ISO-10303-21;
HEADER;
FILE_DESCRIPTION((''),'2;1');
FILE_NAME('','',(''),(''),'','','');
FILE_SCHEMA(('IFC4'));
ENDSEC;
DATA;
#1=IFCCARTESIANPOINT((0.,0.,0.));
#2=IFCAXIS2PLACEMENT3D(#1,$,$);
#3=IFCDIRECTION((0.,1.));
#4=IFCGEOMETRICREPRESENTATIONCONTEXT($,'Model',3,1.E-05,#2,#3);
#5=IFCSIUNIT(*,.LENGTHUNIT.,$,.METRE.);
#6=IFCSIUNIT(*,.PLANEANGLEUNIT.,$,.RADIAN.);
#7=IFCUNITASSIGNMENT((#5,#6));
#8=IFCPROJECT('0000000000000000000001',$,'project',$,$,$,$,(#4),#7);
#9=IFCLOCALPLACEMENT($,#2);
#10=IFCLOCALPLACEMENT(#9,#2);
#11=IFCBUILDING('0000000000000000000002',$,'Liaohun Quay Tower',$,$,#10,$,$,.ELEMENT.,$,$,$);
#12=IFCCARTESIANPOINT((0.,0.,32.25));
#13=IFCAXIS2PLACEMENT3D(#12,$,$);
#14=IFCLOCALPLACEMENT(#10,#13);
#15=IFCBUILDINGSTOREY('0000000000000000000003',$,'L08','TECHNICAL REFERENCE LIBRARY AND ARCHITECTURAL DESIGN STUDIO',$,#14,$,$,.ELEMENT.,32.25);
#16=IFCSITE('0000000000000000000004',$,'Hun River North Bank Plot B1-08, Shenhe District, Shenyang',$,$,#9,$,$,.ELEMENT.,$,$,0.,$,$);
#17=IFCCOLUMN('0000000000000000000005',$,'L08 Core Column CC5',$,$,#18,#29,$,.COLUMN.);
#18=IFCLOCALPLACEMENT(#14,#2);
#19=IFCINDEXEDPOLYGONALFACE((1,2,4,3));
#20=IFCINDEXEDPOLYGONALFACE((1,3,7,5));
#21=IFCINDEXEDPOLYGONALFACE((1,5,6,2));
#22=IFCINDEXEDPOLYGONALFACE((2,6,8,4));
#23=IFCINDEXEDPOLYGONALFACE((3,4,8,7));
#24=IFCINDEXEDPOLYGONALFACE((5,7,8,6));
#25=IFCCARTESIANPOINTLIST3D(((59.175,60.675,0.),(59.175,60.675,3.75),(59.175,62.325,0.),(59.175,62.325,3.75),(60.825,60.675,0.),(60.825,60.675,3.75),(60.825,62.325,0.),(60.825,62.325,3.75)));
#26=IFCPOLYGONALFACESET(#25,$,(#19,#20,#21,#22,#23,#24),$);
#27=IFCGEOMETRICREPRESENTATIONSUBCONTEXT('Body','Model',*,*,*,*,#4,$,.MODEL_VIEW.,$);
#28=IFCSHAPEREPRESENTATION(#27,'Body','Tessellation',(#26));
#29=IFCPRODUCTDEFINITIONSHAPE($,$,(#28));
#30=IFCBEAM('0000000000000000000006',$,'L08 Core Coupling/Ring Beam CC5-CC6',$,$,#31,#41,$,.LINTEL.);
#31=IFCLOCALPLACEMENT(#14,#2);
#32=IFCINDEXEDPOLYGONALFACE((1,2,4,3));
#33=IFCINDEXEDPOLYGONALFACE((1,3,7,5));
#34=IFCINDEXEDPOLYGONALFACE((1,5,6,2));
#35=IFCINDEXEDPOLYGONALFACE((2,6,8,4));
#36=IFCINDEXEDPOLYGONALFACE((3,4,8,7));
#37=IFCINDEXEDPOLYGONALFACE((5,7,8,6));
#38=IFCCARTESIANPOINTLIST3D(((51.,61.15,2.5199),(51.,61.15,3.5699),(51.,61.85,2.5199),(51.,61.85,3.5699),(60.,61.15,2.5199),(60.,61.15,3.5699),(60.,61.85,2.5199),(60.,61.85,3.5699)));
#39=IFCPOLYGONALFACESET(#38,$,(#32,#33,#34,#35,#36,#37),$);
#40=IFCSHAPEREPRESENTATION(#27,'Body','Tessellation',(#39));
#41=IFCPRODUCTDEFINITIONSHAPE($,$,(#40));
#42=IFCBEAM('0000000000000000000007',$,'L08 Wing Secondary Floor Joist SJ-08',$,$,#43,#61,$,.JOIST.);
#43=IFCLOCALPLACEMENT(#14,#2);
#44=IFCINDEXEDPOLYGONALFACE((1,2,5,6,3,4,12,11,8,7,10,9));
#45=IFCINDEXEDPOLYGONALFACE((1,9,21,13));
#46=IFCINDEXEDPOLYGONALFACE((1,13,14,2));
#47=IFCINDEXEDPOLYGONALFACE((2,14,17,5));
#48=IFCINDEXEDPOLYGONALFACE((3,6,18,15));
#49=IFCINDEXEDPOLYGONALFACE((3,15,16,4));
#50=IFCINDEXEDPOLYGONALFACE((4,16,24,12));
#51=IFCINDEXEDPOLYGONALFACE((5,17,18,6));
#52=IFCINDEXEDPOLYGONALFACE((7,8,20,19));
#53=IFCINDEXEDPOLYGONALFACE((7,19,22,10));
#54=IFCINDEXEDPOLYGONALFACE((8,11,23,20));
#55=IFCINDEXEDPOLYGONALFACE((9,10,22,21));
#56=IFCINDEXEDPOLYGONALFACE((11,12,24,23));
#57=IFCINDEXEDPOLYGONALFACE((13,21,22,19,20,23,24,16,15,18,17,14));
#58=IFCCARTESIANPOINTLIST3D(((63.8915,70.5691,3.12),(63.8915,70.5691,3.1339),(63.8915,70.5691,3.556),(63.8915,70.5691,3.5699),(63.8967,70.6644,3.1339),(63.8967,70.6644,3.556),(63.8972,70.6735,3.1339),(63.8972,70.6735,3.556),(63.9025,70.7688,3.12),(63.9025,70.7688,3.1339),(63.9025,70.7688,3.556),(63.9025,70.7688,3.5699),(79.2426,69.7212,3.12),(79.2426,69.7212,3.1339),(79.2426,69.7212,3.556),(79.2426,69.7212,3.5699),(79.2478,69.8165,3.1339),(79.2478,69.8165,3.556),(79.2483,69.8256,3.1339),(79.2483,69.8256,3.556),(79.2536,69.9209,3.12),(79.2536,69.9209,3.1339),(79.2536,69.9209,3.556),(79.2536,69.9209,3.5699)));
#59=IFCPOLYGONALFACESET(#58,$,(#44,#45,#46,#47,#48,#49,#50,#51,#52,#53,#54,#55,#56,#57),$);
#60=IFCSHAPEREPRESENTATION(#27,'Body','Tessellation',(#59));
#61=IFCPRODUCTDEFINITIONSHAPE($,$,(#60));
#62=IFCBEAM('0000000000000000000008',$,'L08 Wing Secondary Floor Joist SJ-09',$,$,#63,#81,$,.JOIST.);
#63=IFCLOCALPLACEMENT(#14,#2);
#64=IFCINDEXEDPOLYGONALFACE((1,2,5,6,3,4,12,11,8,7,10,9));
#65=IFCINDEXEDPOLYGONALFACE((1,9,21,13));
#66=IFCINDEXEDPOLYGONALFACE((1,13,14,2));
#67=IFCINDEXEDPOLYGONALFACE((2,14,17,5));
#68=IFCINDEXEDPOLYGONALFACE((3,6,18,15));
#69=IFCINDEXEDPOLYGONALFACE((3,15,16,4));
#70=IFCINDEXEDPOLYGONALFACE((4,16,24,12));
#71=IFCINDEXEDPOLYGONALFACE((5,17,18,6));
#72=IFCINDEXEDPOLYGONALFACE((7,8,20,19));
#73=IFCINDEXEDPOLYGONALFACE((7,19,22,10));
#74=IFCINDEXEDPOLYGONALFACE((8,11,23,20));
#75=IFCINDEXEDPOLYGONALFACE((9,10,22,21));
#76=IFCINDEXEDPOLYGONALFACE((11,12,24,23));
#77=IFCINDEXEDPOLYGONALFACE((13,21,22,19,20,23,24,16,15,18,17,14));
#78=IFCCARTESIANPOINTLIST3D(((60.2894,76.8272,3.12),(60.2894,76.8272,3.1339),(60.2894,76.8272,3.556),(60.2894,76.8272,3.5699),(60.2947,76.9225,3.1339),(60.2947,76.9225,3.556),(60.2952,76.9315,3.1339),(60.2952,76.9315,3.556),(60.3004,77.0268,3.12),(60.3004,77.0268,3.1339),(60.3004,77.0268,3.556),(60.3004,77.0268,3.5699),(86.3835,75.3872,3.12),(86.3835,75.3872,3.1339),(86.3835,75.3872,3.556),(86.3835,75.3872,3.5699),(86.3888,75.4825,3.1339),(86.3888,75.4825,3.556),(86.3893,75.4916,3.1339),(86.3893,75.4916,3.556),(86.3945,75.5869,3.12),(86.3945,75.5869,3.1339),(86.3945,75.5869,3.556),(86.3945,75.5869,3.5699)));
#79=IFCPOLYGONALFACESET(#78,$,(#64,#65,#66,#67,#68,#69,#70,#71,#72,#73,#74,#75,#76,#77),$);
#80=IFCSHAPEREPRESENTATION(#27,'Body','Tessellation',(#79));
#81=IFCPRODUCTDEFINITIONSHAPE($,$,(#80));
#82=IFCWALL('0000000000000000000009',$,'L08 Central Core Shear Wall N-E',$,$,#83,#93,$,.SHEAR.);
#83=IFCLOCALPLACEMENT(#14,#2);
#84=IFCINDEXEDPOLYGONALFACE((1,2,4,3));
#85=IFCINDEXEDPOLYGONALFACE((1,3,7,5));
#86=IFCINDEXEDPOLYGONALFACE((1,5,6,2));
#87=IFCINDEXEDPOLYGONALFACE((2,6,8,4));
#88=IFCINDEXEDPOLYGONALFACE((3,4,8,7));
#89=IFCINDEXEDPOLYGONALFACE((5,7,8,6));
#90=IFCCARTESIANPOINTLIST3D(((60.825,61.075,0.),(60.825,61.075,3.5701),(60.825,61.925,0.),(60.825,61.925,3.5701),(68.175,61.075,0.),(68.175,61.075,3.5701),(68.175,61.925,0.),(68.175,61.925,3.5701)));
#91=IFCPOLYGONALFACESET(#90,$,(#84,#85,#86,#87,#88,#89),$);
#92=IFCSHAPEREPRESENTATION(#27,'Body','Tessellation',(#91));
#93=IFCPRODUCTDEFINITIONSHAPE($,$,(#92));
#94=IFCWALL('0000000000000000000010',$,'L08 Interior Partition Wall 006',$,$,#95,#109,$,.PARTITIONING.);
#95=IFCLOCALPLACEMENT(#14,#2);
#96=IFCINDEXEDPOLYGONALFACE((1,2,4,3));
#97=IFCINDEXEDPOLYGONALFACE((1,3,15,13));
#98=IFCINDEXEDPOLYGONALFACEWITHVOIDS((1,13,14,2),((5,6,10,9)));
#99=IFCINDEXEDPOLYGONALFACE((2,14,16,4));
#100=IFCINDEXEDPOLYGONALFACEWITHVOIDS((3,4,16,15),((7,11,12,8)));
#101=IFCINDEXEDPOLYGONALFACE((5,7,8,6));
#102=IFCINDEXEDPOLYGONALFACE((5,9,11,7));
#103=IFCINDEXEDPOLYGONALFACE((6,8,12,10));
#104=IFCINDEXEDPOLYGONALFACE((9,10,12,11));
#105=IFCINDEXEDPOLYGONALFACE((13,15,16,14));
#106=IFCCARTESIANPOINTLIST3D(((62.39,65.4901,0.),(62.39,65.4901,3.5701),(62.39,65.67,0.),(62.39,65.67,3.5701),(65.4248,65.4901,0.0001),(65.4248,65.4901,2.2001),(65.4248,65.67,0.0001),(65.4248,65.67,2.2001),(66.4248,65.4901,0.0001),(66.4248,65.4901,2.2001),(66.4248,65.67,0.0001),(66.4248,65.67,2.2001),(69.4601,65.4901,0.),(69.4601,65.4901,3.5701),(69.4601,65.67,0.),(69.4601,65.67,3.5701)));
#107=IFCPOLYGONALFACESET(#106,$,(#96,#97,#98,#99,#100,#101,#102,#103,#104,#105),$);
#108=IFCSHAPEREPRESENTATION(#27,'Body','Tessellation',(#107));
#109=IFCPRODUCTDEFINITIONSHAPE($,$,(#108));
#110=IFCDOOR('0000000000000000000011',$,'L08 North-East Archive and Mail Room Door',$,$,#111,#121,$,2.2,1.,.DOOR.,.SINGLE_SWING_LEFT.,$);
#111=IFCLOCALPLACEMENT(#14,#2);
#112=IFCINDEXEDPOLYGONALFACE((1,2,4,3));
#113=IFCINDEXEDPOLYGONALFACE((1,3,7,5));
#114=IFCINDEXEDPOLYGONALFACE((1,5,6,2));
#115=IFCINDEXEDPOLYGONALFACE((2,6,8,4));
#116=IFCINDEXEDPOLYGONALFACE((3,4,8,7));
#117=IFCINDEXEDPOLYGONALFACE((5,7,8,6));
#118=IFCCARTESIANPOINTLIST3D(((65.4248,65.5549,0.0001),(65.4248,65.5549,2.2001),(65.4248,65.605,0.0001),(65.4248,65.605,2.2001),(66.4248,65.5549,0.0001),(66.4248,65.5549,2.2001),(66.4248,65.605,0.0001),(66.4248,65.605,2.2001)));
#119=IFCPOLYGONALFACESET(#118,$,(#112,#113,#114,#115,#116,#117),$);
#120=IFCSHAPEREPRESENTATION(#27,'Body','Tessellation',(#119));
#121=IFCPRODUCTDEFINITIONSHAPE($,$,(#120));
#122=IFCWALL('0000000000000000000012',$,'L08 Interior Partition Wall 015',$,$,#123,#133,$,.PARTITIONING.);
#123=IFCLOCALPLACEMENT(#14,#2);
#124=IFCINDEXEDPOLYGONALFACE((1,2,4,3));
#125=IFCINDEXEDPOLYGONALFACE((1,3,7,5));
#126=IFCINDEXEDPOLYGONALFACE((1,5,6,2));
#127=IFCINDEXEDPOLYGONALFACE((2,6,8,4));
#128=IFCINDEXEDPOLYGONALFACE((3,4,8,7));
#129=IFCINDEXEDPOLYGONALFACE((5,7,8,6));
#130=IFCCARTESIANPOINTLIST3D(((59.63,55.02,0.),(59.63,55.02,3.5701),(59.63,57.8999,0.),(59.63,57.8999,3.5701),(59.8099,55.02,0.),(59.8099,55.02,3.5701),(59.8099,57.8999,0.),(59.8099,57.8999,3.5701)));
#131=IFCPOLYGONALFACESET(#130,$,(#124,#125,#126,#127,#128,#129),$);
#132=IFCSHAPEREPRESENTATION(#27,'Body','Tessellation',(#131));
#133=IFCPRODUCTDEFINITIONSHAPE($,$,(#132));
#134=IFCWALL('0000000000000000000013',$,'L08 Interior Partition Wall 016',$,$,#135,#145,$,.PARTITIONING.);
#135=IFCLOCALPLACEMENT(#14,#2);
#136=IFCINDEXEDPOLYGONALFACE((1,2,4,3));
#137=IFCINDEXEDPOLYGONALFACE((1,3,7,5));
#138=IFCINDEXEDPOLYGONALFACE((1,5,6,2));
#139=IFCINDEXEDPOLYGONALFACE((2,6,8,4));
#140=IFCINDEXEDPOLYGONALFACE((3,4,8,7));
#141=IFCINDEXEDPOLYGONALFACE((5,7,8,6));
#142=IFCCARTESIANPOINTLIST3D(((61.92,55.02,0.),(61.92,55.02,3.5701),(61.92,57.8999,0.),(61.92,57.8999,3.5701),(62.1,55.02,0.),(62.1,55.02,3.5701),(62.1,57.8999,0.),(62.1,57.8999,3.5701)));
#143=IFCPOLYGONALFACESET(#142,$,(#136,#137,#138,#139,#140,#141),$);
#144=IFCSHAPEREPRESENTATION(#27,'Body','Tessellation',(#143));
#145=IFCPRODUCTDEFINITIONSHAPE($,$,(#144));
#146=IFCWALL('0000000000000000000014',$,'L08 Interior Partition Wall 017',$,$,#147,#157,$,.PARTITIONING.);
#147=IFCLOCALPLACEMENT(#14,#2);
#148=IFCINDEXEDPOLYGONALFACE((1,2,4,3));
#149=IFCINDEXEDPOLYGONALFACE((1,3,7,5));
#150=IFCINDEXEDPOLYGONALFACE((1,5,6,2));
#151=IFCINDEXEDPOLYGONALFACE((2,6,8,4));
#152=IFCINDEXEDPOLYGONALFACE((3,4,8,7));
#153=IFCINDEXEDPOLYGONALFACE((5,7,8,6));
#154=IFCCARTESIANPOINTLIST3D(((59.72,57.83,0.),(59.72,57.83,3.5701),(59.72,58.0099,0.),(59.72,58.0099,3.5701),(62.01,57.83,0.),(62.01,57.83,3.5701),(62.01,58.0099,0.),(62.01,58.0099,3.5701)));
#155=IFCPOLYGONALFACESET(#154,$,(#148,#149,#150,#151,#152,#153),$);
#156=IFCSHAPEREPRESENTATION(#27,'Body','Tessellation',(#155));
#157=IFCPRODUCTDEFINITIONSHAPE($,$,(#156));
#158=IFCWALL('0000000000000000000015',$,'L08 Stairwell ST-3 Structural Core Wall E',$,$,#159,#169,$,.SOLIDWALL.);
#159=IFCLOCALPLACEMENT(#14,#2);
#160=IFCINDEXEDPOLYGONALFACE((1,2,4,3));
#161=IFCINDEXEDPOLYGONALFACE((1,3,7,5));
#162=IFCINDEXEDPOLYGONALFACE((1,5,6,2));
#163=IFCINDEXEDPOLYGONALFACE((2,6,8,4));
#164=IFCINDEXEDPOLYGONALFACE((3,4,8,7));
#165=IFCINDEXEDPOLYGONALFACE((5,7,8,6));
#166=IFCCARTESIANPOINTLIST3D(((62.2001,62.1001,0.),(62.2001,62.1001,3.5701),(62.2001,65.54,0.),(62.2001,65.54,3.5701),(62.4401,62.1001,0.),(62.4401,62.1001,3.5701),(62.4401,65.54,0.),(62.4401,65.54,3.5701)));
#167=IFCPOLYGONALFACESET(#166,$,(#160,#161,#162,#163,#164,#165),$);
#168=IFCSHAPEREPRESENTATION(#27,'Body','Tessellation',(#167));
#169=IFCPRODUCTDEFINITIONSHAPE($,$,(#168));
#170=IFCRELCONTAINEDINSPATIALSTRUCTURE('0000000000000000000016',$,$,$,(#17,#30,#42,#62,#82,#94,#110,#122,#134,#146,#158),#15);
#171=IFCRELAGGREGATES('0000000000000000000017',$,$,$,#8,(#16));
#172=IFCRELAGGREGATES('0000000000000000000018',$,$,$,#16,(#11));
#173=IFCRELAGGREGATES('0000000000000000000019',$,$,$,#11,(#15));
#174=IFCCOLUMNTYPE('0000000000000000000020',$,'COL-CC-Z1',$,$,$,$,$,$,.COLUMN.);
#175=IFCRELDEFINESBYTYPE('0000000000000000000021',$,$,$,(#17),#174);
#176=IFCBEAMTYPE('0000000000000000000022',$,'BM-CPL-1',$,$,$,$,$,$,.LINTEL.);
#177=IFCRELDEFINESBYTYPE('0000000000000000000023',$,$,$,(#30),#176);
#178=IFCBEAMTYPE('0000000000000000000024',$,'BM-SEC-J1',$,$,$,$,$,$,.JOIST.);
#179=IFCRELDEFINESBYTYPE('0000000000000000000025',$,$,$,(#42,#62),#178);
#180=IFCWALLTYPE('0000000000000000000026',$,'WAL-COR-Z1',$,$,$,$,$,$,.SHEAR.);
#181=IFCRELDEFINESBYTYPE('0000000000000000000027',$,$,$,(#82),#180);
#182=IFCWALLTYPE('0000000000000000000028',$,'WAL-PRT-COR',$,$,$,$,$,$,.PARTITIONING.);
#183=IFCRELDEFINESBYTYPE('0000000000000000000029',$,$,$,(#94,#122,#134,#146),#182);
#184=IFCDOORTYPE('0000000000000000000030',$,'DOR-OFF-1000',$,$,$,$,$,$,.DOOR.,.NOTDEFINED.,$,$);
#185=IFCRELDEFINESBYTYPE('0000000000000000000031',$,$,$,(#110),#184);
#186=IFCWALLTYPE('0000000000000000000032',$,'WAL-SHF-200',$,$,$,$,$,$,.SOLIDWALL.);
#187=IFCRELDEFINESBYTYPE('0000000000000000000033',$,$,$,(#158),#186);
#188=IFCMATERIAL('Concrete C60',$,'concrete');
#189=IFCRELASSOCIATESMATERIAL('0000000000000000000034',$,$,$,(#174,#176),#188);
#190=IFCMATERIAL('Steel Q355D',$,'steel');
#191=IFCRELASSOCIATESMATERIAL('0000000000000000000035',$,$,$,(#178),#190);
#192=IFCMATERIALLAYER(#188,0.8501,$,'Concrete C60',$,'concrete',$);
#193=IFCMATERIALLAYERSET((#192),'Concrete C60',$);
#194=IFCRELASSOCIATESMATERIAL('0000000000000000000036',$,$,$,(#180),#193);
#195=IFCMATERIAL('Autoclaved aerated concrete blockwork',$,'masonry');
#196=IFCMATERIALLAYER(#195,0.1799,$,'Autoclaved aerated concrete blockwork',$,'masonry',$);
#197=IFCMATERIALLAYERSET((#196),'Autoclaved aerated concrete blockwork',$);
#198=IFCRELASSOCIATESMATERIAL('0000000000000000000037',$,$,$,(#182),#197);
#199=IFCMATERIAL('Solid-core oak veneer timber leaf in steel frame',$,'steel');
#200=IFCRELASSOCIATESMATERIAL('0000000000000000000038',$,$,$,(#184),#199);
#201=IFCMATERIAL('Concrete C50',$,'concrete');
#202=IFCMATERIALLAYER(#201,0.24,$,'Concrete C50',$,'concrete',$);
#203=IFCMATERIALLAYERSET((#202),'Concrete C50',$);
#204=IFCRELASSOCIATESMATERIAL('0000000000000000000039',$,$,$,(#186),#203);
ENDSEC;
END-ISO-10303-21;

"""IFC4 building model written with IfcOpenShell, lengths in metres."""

from ifc_helpers import new_model, si_unit, direction, frame, frame_2d, origin, origin_2d, place, context, subcontext, project, spatial, rectangle, i_section, extrude, source, transform, mapped, material, layer, layer_set, material_profile, profile_set, type_object, element, fill, save


model = new_model("IFC4")

# Units and contexts
model_context = context("Model", 3, precision=1e-05, world=origin(), true_north=direction((0.0, 1.0)))
body_context = subcontext(model_context, "Body", "Model", "MODEL_VIEW")
ifc_project = project(units=[si_unit("LENGTHUNIT", "METRE"), si_unit("PLANEANGLEUNIT", "RADIAN")], contexts=[model_context])

# Site, building, storey
site_placement = place(None, origin())
site = spatial("IfcSite", under=ifc_project, at=site_placement, Name="Hun River North Bank Plot B1-08, Shenhe District, Shenyang", CompositionType="ELEMENT", RefElevation=0.0)
building_placement = place(site_placement, origin())
building = spatial("IfcBuilding", under=site, at=building_placement, Name="Liaohun Quay Tower", CompositionType="ELEMENT")
storey_placement = place(building_placement, frame((0.0, 0.0, 32.25)))
storey = spatial("IfcBuildingStorey", under=building, at=storey_placement, Name="L08", Description="TECHNICAL REFERENCE LIBRARY AND ARCHITECTURAL DESIGN STUDIO", CompositionType="ELEMENT", Elevation=32.25)

# Column
ifc_material_1 = material(Name="Concrete C60", Category="concrete")
ifc_material_profile_1 = material_profile(ifc_material_1, rectangle(XDim=1.6499, YDim=1.6499, at=origin_2d()), Name="RC1650x1650")
ifc_profile_set_1 = profile_set([ifc_material_profile_1], Name="Concrete C60")
column_type = type_object("IfcColumnType", Name="COL-CC-Z1", PredefinedType="COLUMN", material=ifc_profile_set_1)
shared_shape_1 = source(origin(), body_context, "Body", "SweptSolid", [
    extrude(rectangle(XDim=1.6499, YDim=1.6499, at=origin_2d()), origin(), (0.0, 0.0, 1.0), 3.75),
])
column_placement = place(storey_placement, frame((60.0, 61.5, 0.0), z_axis=(0.0, 0.0, 1.0), x_axis=(1.0, 0.0, 0.0)))
element("IfcColumn", 1, at=column_placement, inside=storey, type_object=column_type, Name="L08 Core Column CC5", PredefinedType="COLUMN", context=body_context, shape_type="MappedRepresentation", body=[
    mapped(shared_shape_1, transform((0.0, 0.0, 0.0), x_axis=(1.0, 0.0, 0.0), y_axis=(0.0, 1.0, 0.0), z_axis=(0.0, 0.0, 1.0), scale=1.0)),
])

# Beams
ifc_material_profile_2 = material_profile(ifc_material_1, rectangle(XDim=0.7, YDim=1.05, at=origin_2d()), Name="RC700x1050")
ifc_profile_set_2 = profile_set([ifc_material_profile_2], Name="Concrete C60")
beam_type_1 = type_object("IfcBeamType", Name="BM-CPL-1", PredefinedType="LINTEL", material=ifc_profile_set_2)
shared_shape_2 = source(origin(), body_context, "Body", "SweptSolid", [
    extrude(rectangle(XDim=0.7, YDim=1.05, at=origin_2d()), origin(), (0.0, 0.0, 1.0), 9.0),
])
beam_1_placement = place(storey_placement, frame((60.0, 61.5, 3.0449), z_axis=(-1.0, 0.0, 0.0), x_axis=(0.0, -1.0, 0.0)))
element("IfcBeam", 2, at=beam_1_placement, inside=storey, type_object=beam_type_1, Name="L08 Core Coupling/Ring Beam CC5-CC6", PredefinedType="LINTEL", context=body_context, shape_type="MappedRepresentation", body=[
    mapped(shared_shape_2, transform((0.0, 0.0, 0.0), x_axis=(1.0, 0.0, 0.0), y_axis=(0.0, 1.0, 0.0), z_axis=(0.0, 0.0, 1.0), scale=1.0)),
])
ifc_material_2 = material(Name="Steel Q355D", Category="steel")
ifc_material_profile_3 = material_profile(ifc_material_2, i_section(OverallWidth=0.2, OverallDepth=0.45, WebThickness=0.009, FlangeThickness=0.0139, at=origin_2d()), Name="HN450x200x9x14")
ifc_profile_set_3 = profile_set([ifc_material_profile_3], Name="Steel Q355D")
beam_type_2 = type_object("IfcBeamType", Name="BM-SEC-J1", PredefinedType="JOIST", material=ifc_profile_set_3)
shared_shape_3 = source(origin(), body_context, "Body", "SweptSolid", [
    extrude(i_section(OverallWidth=0.2, OverallDepth=0.45, WebThickness=0.009, FlangeThickness=0.0139, at=origin_2d()), origin(), (0.0, 0.0, 1.0), 15.3745),
])
beam_2_placement = place(storey_placement, frame((63.897, 70.6689, 3.345), z_axis=(0.998478, -0.05515, 0.0), x_axis=(0.05515, 0.998478, 0.0)))
element("IfcBeam", 3, at=beam_2_placement, inside=storey, type_object=beam_type_2, Name="L08 Wing Secondary Floor Joist SJ-08", PredefinedType="JOIST", context=body_context, shape_type="MappedRepresentation", body=[
    mapped(shared_shape_3, transform((0.0, 0.0, 0.0), x_axis=(1.0, 0.0, 0.0), y_axis=(0.0, 1.0, 0.0), z_axis=(0.0, 0.0, 1.0), scale=1.0)),
])
shared_shape_4 = source(origin(), body_context, "Body", "SweptSolid", [
    extrude(i_section(OverallWidth=0.2, OverallDepth=0.45, WebThickness=0.009, FlangeThickness=0.0139, at=origin_2d()), origin(), (0.0, 0.0, 1.0), 26.1338),
])
beam_3_placement = place(storey_placement, frame((60.2949, 76.927, 3.345), z_axis=(0.998481, -0.055099, 0.0), x_axis=(0.055099, 0.998481, 0.0)))
element("IfcBeam", 4, at=beam_3_placement, inside=storey, type_object=beam_type_2, Name="L08 Wing Secondary Floor Joist SJ-09", PredefinedType="JOIST", context=body_context, shape_type="MappedRepresentation", body=[
    mapped(shared_shape_4, transform((0.0, 0.0, 0.0), x_axis=(1.0, 0.0, 0.0), y_axis=(0.0, 1.0, 0.0), z_axis=(0.0, 0.0, 1.0), scale=1.0)),
])

# Wall
ifc_layer_1 = layer(ifc_material_1, 0.8501, Name="Concrete C60", Category="concrete")
ifc_layer_set_1 = layer_set([ifc_layer_1], Name="Concrete C60")
wall_type_1 = type_object("IfcWallType", Name="WAL-COR-Z1", PredefinedType="SHEAR", material=ifc_layer_set_1)
wall_1_placement = place(storey_placement, frame((60.825, 61.5, 0.0), z_axis=(0.0, 0.0, 1.0), x_axis=(1.0, 0.0, 0.0)))
element("IfcWall", 5, at=wall_1_placement, inside=storey, type_object=wall_type_1, Name="L08 Central Core Shear Wall N-E", PredefinedType="SHEAR", context=body_context, shape_type="SweptSolid", body=[
    extrude(rectangle(XDim=7.3501, YDim=0.8501, at=frame_2d((3.675, 0.0))), origin(), (0.0, 0.0, 1.0), 3.5701),
])

# Wall, opening, door
ifc_material_3 = material(Name="Autoclaved aerated concrete blockwork", Category="masonry")
ifc_layer_2 = layer(ifc_material_3, 0.1799, Name="Autoclaved aerated concrete blockwork", Category="masonry")
ifc_layer_set_2 = layer_set([ifc_layer_2], Name="Autoclaved aerated concrete blockwork")
wall_type_2 = type_object("IfcWallType", Name="WAL-PRT-COR", PredefinedType="PARTITIONING", material=ifc_layer_set_2)
wall_2_placement = place(storey_placement, frame((62.3899, 65.5801, 0.0), z_axis=(0.0, 0.0, 1.0), x_axis=(1.0, 0.0, 0.0)))
wall_2 = element("IfcWall", 6, at=wall_2_placement, inside=storey, type_object=wall_type_2, Name="L08 Interior Partition Wall 006", PredefinedType="PARTITIONING", context=body_context, shape_type="SweptSolid", body=[
    extrude(rectangle(XDim=7.0701, YDim=0.1799, at=frame_2d((3.5352, 0.0))), origin(), (0.0, 0.0, 1.0), 3.5701),
])
shared_shape_5 = source(origin(), body_context, "Body", "SweptSolid", [
    extrude(rectangle(XDim=1.0, YDim=2.2, at=frame_2d((0.5, 1.1001))), frame((0.0, 0.0999, 0.0), z_axis=(0.0, -1.0, 0.0), x_axis=(1.0, 0.0, 0.0)), (0.0, 0.0, 1.0), 0.2),
])
opening_1_placement = place(wall_2_placement, frame((3.0349, 0.0, 0.0)))
opening_1 = element("IfcOpeningElement", 7, at=opening_1_placement, cuts=wall_2, PredefinedType="OPENING", context=body_context, shape_type="MappedRepresentation", body=[
    mapped(shared_shape_5, transform((0.0, 0.0, 0.0), x_axis=(1.0, 0.0, 0.0), y_axis=(0.0, 1.0, 0.0), z_axis=(0.0, 0.0, 1.0), scale=1.0)),
])
ifc_material_4 = material(Name="Solid-core oak veneer timber leaf in steel frame", Category="steel")
door_type_1 = type_object("IfcDoorType", Name="DOR-OFF-1000", OperationType="NOTDEFINED", PredefinedType="DOOR", material=ifc_material_4)
shared_shape_6 = source(origin(), body_context, "Body", "SweptSolid", [
    extrude(rectangle(XDim=1.0, YDim=2.2, at=frame_2d((0.5, 1.1001))), frame((0.0, 0.0249, 0.0), z_axis=(0.0, -1.0, 0.0), x_axis=(1.0, 0.0, 0.0)), (0.0, 0.0, 1.0), 0.05),
])
door_1_placement = place(opening_1_placement, origin())
door_1 = element("IfcDoor", 8, at=door_1_placement, inside=storey, type_object=door_type_1, Name="L08 North-East Archive and Mail Room Door", OperationType="SINGLE_SWING_LEFT", OverallHeight=2.2, OverallWidth=1.0, PredefinedType="DOOR", context=body_context, shape_type="MappedRepresentation", body=[
    mapped(shared_shape_6, transform((0.0, 0.0, 0.0), x_axis=(1.0, 0.0, 0.0), y_axis=(0.0, 1.0, 0.0), z_axis=(0.0, 0.0, 1.0), scale=1.0)),
])
fill(opening_1, door_1)

# Walls
for number, where, z_axis, x_axis, name in (
    (9, (59.72, 55.02, 0.0), (0.0, 0.0, 1.0), (0.0, 1.0, 0.0), "L08 Interior Partition Wall 015"),
    (10, (62.01, 55.02, 0.0), (0.0, 0.0, 1.0), (0.0, 1.0, 0.0), "L08 Interior Partition Wall 016"),
):
    element("IfcWall", number, at=place(storey_placement, frame(where, z_axis=z_axis, x_axis=x_axis)), inside=storey, type_object=wall_type_2, Name=name, PredefinedType="PARTITIONING", context=body_context, shape_type="SweptSolid", body=[
        extrude(rectangle(XDim=2.8799, YDim=0.1799, at=frame_2d((1.4399, 0.0))), origin(), (0.0, 0.0, 1.0), 3.5701),
    ])
wall_3_placement = place(storey_placement, frame((59.72, 57.9199, 0.0), z_axis=(0.0, 0.0, 1.0), x_axis=(1.0, 0.0, 0.0)))
element("IfcWall", 11, at=wall_3_placement, inside=storey, type_object=wall_type_2, Name="L08 Interior Partition Wall 017", PredefinedType="PARTITIONING", context=body_context, shape_type="SweptSolid", body=[
    extrude(rectangle(XDim=2.29, YDim=0.1799, at=frame_2d((1.145, 0.0))), origin(), (0.0, 0.0, 1.0), 3.5701),
])
ifc_material_5 = material(Name="Concrete C50", Category="concrete")
ifc_layer_3 = layer(ifc_material_5, 0.24, Name="Concrete C50", Category="concrete")
ifc_layer_set_3 = layer_set([ifc_layer_3], Name="Concrete C50")
wall_type_3 = type_object("IfcWallType", Name="WAL-SHF-200", PredefinedType="SOLIDWALL", material=ifc_layer_set_3)
wall_4_placement = place(storey_placement, frame((62.3201, 62.1001, 0.0), z_axis=(0.0, 0.0, 1.0), x_axis=(0.0, 1.0, 0.0)))
element("IfcWall", 12, at=wall_4_placement, inside=storey, type_object=wall_type_3, Name="L08 Stairwell ST-3 Structural Core Wall E", PredefinedType="SOLIDWALL", context=body_context, shape_type="SweptSolid", body=[
    extrude(rectangle(XDim=3.4399, YDim=0.24, at=frame_2d((1.72, 0.0))), origin(), (0.0, 0.0, 1.0), 3.5701),
])

save(model, "model.ifc")
